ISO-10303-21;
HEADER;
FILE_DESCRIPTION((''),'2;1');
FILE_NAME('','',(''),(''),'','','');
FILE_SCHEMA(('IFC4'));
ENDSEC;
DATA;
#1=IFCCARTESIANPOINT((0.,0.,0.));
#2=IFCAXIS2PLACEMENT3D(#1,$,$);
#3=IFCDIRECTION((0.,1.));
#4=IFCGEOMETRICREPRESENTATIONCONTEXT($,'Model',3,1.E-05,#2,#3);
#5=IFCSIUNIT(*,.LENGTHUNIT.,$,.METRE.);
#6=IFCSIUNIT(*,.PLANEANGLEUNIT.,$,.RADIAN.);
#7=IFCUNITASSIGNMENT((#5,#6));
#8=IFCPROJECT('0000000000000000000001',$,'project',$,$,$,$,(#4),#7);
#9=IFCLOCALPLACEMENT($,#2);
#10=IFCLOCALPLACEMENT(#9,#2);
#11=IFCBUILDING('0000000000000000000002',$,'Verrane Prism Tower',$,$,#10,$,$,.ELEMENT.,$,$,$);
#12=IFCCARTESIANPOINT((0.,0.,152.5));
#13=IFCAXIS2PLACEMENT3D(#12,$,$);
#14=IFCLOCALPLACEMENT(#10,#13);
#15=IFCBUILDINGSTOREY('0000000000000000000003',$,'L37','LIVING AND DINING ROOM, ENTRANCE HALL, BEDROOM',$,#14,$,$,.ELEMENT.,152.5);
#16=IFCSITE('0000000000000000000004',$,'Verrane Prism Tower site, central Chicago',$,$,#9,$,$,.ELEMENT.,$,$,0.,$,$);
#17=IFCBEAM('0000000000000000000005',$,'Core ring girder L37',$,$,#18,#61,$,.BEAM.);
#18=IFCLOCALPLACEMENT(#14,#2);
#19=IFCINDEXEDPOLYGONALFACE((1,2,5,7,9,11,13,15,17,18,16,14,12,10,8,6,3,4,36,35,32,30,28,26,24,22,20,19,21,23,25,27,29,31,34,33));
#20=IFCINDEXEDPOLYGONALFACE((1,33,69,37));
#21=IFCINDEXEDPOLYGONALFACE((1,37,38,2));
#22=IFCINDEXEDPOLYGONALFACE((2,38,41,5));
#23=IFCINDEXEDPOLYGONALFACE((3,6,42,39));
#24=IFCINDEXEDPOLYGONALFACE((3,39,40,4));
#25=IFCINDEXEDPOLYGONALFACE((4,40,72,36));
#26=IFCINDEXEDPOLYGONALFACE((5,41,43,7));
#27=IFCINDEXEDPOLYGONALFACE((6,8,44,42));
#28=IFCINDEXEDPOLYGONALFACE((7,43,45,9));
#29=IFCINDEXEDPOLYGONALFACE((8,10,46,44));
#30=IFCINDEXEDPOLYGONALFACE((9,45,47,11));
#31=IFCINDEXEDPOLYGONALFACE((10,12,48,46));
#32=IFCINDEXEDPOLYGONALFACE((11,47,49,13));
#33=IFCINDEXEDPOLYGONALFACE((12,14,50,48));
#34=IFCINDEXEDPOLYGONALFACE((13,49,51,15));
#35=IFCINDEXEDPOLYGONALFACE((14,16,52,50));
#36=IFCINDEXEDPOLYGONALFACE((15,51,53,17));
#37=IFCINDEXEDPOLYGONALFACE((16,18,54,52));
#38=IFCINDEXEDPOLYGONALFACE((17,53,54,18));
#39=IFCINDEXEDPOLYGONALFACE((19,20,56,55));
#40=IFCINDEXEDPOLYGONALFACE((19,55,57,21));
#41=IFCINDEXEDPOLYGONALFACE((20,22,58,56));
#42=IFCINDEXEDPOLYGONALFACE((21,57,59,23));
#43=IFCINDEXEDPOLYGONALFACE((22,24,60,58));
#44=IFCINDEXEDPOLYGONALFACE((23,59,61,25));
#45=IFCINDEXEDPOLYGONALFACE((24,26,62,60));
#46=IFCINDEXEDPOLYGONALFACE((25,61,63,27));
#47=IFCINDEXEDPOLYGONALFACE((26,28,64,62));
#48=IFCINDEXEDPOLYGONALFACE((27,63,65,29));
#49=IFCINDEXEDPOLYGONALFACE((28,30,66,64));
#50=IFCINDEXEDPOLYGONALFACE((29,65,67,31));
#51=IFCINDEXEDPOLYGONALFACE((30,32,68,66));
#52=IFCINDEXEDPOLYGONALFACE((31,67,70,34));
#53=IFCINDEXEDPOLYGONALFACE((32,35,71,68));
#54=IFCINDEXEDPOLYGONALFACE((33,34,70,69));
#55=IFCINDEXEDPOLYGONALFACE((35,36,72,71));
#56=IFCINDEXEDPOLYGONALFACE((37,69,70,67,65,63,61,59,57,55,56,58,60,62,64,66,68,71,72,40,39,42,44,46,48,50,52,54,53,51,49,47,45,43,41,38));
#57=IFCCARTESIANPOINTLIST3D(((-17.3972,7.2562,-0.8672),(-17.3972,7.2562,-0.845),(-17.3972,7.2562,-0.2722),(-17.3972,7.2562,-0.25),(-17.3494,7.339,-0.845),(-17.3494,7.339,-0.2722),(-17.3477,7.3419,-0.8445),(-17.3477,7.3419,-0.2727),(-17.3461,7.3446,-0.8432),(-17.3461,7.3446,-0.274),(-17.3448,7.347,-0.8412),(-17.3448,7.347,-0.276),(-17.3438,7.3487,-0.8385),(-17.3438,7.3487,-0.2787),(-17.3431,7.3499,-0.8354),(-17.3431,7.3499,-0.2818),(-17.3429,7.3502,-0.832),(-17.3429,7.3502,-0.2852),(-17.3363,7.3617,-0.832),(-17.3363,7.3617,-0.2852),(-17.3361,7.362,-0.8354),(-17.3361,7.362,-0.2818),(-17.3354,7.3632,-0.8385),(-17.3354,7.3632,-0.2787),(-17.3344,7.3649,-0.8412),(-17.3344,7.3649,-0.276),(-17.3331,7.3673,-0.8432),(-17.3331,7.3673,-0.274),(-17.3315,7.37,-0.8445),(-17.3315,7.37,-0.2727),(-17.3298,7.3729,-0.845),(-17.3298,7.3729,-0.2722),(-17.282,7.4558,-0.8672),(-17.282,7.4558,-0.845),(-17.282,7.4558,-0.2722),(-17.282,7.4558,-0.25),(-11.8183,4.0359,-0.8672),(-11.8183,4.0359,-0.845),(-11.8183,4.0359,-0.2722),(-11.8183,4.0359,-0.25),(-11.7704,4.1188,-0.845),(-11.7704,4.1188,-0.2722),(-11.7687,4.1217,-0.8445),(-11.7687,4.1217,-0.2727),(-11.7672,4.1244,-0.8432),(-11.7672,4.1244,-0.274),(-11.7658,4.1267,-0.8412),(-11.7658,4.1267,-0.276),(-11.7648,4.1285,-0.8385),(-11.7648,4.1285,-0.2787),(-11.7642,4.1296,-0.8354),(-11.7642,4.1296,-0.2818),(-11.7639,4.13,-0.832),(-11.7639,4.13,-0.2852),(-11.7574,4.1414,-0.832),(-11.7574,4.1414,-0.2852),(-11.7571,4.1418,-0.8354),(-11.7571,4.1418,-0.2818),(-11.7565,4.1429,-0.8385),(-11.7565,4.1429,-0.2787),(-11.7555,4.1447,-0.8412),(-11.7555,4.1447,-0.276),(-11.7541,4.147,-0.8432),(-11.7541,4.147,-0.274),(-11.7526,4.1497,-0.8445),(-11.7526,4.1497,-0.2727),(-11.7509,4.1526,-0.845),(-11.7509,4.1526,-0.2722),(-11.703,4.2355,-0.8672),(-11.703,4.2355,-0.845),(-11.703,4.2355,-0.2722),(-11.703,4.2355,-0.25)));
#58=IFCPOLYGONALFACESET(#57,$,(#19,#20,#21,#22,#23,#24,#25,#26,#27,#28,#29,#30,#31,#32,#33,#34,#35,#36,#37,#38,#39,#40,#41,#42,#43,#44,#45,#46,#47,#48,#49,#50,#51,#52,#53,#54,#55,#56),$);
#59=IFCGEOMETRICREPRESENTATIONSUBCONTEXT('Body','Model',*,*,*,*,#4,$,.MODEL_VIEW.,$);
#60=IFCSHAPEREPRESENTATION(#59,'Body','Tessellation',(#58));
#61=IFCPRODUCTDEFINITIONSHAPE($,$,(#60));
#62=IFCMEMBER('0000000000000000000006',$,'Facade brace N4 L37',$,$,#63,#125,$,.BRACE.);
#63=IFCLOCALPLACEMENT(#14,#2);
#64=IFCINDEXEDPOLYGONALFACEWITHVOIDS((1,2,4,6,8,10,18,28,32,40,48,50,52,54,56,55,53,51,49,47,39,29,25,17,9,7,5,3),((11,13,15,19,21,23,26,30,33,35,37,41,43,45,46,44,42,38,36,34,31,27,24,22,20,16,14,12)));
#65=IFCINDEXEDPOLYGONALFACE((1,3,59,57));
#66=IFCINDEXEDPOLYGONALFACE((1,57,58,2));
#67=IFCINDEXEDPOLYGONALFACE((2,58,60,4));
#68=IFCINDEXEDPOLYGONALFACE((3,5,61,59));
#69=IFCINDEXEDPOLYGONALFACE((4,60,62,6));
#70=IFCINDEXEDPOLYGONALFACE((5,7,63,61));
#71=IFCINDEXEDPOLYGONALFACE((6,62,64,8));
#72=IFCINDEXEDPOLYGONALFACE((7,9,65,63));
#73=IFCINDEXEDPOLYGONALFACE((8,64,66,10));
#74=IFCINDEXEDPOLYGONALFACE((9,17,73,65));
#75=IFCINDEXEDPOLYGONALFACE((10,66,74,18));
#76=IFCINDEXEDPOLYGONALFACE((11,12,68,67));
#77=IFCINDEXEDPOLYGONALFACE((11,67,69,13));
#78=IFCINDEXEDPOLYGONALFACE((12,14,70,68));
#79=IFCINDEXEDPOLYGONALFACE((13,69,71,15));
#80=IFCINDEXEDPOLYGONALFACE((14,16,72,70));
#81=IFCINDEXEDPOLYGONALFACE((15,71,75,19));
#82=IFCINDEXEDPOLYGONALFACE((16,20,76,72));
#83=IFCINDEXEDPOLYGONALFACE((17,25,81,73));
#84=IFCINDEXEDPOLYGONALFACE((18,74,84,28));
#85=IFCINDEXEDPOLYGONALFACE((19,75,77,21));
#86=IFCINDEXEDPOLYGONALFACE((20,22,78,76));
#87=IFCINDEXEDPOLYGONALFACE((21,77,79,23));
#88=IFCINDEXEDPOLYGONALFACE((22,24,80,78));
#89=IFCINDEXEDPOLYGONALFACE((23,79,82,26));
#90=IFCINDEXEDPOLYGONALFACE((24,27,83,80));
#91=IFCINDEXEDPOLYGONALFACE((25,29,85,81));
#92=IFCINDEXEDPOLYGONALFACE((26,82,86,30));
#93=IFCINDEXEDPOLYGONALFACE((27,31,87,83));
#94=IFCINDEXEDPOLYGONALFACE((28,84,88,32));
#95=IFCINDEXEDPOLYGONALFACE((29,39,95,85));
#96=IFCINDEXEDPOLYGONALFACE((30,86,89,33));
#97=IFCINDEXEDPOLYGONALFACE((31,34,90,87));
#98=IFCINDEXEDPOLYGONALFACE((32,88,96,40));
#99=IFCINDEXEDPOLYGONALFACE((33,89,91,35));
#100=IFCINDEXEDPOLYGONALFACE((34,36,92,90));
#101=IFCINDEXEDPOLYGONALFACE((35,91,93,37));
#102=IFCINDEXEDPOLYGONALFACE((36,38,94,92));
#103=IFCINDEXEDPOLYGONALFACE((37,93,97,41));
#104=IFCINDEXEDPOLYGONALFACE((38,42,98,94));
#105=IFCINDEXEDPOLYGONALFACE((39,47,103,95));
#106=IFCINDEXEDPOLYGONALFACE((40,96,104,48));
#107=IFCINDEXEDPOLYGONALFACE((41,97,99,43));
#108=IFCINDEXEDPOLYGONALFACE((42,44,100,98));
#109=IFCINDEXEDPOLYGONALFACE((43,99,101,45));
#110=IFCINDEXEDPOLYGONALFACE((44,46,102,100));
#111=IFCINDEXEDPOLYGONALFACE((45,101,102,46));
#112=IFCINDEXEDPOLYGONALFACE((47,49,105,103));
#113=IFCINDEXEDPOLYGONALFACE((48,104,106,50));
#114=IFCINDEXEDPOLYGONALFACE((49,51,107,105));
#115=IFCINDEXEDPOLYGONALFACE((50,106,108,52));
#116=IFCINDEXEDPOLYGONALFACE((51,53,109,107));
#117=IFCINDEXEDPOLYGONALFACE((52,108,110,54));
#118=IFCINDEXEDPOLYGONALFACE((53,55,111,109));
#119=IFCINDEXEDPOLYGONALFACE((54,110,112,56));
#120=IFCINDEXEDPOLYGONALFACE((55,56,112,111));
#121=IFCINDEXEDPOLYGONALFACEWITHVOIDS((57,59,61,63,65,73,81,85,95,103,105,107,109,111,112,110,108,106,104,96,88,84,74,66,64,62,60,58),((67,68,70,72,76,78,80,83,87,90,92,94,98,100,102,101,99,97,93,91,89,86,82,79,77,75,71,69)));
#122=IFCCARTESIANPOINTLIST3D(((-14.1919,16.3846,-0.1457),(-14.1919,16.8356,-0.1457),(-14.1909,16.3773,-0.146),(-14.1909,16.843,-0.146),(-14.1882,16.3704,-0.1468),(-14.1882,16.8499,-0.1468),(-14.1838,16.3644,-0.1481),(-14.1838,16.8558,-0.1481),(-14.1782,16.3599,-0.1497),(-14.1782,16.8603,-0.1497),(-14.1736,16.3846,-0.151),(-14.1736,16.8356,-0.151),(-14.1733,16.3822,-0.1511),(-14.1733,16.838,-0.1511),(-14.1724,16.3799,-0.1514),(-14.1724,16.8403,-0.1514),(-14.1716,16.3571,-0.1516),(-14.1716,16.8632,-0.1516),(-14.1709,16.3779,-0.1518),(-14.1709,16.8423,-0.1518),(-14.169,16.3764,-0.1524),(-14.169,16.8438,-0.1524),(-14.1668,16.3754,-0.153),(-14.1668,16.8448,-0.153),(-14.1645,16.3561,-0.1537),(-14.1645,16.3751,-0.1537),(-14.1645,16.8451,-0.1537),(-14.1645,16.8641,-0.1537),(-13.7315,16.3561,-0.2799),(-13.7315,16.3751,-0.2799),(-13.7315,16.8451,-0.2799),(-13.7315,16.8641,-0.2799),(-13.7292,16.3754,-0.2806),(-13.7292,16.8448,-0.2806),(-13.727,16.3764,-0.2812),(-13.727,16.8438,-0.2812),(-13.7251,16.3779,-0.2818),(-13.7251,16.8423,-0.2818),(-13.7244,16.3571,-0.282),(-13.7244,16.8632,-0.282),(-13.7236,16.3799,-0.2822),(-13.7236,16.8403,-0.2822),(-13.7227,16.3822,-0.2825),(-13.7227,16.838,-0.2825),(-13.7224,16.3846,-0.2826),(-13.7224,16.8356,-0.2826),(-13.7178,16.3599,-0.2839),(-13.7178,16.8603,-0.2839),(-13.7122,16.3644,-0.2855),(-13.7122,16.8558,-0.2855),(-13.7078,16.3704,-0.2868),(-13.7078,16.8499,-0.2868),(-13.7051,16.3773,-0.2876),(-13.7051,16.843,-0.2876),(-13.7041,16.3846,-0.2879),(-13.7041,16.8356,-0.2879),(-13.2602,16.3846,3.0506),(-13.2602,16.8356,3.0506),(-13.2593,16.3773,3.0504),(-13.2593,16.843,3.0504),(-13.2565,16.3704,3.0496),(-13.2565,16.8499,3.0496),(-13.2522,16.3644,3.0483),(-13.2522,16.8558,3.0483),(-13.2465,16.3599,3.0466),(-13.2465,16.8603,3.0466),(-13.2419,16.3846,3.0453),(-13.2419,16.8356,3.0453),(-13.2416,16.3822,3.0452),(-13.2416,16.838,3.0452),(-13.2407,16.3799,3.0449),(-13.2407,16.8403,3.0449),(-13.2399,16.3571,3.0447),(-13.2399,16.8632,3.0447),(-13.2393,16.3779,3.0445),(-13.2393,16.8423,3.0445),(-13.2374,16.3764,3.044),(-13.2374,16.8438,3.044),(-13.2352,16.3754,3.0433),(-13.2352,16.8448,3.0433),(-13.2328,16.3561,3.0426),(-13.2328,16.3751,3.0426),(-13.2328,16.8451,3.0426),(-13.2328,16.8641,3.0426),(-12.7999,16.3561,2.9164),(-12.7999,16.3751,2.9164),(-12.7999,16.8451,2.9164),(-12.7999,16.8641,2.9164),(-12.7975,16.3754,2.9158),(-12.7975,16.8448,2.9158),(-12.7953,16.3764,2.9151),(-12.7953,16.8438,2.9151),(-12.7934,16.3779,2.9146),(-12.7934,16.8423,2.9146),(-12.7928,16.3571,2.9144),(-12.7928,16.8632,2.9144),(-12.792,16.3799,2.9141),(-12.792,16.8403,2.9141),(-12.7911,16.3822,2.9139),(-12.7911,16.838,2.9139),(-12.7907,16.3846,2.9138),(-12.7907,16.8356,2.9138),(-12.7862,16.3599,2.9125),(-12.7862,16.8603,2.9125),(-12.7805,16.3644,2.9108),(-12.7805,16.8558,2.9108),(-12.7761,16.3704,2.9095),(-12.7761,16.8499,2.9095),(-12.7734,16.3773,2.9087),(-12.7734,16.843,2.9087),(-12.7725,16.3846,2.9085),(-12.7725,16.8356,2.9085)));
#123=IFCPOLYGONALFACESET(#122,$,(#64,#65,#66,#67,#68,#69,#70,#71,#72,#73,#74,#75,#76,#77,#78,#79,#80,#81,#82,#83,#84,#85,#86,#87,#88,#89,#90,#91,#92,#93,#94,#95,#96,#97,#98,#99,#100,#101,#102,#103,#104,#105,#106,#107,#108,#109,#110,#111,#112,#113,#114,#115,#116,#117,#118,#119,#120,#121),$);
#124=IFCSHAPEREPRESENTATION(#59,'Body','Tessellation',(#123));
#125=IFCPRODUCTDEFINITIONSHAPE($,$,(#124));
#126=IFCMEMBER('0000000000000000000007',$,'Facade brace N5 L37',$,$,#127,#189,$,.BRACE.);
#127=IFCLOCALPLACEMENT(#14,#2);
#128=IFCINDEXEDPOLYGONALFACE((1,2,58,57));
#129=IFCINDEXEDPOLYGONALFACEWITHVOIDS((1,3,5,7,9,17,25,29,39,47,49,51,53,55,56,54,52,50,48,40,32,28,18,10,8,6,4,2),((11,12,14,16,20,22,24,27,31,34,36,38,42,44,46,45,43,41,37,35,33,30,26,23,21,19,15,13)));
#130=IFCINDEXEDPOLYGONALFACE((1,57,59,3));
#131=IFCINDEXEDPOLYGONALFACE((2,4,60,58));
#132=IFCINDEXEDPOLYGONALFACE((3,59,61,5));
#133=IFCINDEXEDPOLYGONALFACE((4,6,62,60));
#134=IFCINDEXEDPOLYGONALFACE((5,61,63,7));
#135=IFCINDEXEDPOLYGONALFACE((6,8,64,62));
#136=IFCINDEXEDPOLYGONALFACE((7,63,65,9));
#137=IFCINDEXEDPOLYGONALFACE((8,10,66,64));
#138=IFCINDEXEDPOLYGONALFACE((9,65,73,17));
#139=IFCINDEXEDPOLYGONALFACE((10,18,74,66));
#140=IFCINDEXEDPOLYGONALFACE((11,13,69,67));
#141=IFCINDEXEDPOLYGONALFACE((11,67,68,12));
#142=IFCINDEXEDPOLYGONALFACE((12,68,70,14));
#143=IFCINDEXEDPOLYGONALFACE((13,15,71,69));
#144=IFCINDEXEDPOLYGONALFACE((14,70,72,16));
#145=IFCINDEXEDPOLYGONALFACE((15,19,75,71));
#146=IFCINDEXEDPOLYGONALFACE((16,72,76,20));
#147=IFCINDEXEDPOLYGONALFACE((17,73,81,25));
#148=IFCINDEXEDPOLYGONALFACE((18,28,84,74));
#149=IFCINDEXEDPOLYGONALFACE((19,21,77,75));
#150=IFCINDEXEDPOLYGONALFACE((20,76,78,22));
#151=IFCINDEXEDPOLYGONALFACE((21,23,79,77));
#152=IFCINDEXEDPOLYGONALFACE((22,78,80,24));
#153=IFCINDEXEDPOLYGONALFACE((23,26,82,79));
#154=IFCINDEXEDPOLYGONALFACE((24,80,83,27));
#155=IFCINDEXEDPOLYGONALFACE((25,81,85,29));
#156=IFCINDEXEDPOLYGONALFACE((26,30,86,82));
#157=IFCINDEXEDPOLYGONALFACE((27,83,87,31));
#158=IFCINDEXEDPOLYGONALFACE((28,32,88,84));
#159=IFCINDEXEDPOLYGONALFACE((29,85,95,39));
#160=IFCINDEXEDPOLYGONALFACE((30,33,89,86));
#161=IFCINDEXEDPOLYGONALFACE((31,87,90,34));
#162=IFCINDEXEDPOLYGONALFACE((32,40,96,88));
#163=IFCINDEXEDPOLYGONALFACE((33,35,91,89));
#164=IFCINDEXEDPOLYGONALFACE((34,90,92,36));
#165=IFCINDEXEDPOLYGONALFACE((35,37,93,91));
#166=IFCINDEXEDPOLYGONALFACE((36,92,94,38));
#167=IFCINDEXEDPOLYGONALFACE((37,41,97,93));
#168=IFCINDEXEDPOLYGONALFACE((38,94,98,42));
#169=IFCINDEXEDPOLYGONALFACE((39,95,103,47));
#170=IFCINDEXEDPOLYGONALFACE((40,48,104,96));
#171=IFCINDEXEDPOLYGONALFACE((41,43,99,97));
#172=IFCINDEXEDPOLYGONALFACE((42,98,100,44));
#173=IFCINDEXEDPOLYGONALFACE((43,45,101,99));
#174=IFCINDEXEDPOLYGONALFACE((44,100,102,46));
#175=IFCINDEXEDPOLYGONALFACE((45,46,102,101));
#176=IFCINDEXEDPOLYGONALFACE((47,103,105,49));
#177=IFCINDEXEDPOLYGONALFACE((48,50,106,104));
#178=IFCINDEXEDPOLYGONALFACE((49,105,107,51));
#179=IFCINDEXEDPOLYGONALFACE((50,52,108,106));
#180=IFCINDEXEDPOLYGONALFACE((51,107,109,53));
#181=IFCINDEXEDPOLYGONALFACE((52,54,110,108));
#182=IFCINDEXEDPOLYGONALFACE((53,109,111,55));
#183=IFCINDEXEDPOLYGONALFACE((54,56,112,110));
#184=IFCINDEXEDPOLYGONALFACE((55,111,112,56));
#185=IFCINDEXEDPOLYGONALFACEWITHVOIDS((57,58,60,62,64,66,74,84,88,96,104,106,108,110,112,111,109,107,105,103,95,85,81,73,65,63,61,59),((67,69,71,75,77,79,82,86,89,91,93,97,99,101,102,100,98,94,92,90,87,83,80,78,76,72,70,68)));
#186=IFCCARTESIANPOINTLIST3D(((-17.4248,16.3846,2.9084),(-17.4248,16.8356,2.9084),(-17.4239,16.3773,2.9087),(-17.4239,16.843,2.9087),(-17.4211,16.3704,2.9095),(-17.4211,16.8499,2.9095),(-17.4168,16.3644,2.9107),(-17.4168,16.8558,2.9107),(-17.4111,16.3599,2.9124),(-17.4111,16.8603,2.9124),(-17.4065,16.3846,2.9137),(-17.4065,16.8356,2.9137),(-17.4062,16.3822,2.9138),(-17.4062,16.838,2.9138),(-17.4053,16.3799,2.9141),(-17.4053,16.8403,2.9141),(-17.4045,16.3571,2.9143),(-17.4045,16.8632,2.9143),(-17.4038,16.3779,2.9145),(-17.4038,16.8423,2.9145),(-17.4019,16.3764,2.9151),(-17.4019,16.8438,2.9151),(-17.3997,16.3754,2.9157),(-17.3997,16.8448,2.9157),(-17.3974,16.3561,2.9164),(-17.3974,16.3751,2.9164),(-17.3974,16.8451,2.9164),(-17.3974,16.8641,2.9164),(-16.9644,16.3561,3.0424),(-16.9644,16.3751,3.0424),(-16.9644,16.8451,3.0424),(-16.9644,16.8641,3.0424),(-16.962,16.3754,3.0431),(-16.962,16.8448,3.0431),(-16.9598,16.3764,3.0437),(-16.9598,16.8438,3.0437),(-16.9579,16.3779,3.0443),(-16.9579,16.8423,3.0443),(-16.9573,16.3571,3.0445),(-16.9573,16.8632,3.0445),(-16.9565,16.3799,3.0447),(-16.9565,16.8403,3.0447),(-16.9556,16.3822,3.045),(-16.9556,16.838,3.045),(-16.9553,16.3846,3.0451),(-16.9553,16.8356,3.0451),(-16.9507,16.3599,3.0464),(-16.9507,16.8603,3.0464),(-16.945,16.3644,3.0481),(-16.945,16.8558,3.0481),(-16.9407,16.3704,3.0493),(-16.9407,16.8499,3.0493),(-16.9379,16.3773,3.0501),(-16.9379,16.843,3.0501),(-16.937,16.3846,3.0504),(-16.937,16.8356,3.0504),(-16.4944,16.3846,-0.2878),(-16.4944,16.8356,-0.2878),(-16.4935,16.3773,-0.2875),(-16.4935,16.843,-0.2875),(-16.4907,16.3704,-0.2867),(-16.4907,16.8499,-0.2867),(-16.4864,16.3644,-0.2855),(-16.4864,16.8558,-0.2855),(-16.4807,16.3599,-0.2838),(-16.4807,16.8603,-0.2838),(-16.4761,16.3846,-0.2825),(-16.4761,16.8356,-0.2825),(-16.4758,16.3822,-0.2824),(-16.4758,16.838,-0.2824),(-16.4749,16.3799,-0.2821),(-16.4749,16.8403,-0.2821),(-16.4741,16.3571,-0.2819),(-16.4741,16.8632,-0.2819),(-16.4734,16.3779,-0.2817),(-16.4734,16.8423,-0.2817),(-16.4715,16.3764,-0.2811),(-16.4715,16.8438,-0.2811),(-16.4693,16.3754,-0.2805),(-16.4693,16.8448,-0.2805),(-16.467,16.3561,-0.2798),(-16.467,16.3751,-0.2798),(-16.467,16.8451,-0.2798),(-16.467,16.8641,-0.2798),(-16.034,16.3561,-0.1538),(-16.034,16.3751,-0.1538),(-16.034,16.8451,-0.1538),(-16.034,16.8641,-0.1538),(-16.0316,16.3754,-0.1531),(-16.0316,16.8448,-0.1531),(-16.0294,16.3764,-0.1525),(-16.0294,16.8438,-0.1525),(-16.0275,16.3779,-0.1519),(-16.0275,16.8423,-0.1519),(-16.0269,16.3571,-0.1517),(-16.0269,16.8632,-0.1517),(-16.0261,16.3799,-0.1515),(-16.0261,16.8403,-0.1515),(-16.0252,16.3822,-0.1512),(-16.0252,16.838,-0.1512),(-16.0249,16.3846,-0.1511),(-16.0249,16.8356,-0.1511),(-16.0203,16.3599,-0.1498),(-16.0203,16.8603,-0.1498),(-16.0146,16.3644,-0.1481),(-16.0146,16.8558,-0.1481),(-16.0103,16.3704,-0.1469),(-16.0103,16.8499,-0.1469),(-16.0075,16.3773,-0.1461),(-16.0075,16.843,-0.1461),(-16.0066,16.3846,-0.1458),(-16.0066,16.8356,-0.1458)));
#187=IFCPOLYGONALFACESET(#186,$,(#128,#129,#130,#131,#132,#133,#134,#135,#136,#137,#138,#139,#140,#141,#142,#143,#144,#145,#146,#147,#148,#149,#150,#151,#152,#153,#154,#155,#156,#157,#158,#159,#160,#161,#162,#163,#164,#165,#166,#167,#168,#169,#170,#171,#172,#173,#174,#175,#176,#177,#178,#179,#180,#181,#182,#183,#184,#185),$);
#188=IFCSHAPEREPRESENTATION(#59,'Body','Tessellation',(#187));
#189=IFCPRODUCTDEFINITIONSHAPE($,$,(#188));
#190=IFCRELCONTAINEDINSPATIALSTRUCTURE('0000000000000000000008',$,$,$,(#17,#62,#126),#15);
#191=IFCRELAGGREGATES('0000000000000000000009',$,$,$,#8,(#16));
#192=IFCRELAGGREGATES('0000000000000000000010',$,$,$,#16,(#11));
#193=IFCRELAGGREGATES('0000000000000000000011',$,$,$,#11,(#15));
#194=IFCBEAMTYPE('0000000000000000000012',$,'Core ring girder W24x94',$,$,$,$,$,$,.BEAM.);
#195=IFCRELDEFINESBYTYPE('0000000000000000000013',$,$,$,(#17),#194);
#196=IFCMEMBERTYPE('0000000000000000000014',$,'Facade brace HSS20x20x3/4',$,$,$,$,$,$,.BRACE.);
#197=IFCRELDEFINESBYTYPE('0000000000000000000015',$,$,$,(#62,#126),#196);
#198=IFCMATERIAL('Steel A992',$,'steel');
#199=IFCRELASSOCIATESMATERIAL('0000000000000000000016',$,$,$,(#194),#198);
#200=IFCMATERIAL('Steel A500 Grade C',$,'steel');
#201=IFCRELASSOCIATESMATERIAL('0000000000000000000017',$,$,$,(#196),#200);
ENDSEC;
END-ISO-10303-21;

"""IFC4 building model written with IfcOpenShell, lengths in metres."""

from ifc_helpers import new_model, si_unit, direction, frame, origin, origin_2d, place, context, subcontext, project, spatial, hollow_rectangle, i_section, extrude, material, material_profile, profile_set, type_object, element, save


model = new_model("IFC4")

# Units and contexts
model_context = context("Model", 3, precision=1e-05, world=origin(), true_north=direction((0.0, 1.0)))
body_context = subcontext(model_context, "Body", "Model", "MODEL_VIEW")
ifc_project = project(units=[si_unit("LENGTHUNIT", "METRE"), si_unit("PLANEANGLEUNIT", "RADIAN")], contexts=[model_context])

# Site, building, storey
site_placement = place(None, origin())
site = spatial("IfcSite", under=ifc_project, at=site_placement, Name="Verrane Prism Tower site, central Chicago", CompositionType="ELEMENT", RefElevation=0.0)
building_placement = place(site_placement, origin())
building = spatial("IfcBuilding", under=site, at=building_placement, Name="Verrane Prism Tower", CompositionType="ELEMENT")
storey_placement = place(building_placement, frame((0.0, 0.0, 152.5)))
storey = spatial("IfcBuildingStorey", under=building, at=storey_placement, Name="L37", Description="LIVING AND DINING ROOM, ENTRANCE HALL, BEDROOM", CompositionType="ELEMENT", Elevation=152.5)

# Beam
ifc_material_1 = material(Name="Steel A992", Category="steel")
ifc_material_profile_1 = material_profile(ifc_material_1, i_section(OverallWidth=0.2305, OverallDepth=0.6172, WebThickness=0.0132, FlangeThickness=0.0222, FilletRadius=0.0129, at=origin_2d()), Name="W24x94")
ifc_profile_set_1 = profile_set([ifc_material_profile_1], Name="Steel A992")
beam_type_1 = type_object("IfcBeamType", Name="Core ring girder W24x94", PredefinedType="BEAM", material=ifc_profile_set_1)
beam_1_placement = place(storey_placement, frame((-17.3396, 7.356, -0.5586), z_axis=(0.866075, -0.499914, 0.0), x_axis=(0.499914, 0.866075, 0.0)))
element("IfcBeam", 1, at=beam_1_placement, inside=storey, type_object=beam_type_1, Name="Core ring girder L37", PredefinedType="BEAM", context=body_context, shape_type="SweptSolid", body=[
    extrude(i_section(OverallWidth=0.2305, OverallDepth=0.6172, WebThickness=0.0132, FlangeThickness=0.0222, FilletRadius=0.0129, at=origin_2d()), origin(), (0.0, 0.0, 1.0), 6.4417),
])

# Members
ifc_material_2 = material(Name="Steel A500 Grade C", Category="steel")
ifc_material_profile_2 = material_profile(ifc_material_2, hollow_rectangle(XDim=0.5081, YDim=0.5081, WallThickness=0.019, InnerFilletRadius=0.0095, OuterFilletRadius=0.0286, at=origin_2d()), Name="HSS20x20x3/4")
ifc_profile_set_2 = profile_set([ifc_material_profile_2], Name="Steel A500 Grade C")
member_type_1 = type_object("IfcMemberType", Name="Facade brace HSS20x20x3/4", PredefinedType="BRACE", material=ifc_profile_set_2)
member_1_placement = place(storey_placement, frame((-13.948, 16.6101, -0.2168), z_axis=(0.279831, 0.0, 0.960049), x_axis=(0.0, 1.0, 0.0)))
element("IfcMember", 2, at=member_1_placement, inside=storey, type_object=member_type_1, Name="Facade brace N4 L37", PredefinedType="BRACE", context=body_context, shape_type="SweptSolid", body=[
    extrude(hollow_rectangle(XDim=0.5081, YDim=0.5081, WallThickness=0.019, InnerFilletRadius=0.0095, OuterFilletRadius=0.0286, at=origin_2d()), origin(), (0.0, 0.0, 1.0), 3.3293),
])
member_2_placement = place(storey_placement, frame((-16.2505, 16.6101, -0.2168), z_axis=(-0.279493, 0.0, 0.960148), x_axis=(0.0, -1.0, 0.0)))
element("IfcMember", 3, at=member_2_placement, inside=storey, type_object=member_type_1, Name="Facade brace N5 L37", PredefinedType="BRACE", context=body_context, shape_type="SweptSolid", body=[
    extrude(hollow_rectangle(XDim=0.5081, YDim=0.5081, WallThickness=0.019, InnerFilletRadius=0.0095, OuterFilletRadius=0.0286, at=origin_2d()), origin(), (0.0, 0.0, 1.0), 3.3289),
])

save(model, "model.ifc")
